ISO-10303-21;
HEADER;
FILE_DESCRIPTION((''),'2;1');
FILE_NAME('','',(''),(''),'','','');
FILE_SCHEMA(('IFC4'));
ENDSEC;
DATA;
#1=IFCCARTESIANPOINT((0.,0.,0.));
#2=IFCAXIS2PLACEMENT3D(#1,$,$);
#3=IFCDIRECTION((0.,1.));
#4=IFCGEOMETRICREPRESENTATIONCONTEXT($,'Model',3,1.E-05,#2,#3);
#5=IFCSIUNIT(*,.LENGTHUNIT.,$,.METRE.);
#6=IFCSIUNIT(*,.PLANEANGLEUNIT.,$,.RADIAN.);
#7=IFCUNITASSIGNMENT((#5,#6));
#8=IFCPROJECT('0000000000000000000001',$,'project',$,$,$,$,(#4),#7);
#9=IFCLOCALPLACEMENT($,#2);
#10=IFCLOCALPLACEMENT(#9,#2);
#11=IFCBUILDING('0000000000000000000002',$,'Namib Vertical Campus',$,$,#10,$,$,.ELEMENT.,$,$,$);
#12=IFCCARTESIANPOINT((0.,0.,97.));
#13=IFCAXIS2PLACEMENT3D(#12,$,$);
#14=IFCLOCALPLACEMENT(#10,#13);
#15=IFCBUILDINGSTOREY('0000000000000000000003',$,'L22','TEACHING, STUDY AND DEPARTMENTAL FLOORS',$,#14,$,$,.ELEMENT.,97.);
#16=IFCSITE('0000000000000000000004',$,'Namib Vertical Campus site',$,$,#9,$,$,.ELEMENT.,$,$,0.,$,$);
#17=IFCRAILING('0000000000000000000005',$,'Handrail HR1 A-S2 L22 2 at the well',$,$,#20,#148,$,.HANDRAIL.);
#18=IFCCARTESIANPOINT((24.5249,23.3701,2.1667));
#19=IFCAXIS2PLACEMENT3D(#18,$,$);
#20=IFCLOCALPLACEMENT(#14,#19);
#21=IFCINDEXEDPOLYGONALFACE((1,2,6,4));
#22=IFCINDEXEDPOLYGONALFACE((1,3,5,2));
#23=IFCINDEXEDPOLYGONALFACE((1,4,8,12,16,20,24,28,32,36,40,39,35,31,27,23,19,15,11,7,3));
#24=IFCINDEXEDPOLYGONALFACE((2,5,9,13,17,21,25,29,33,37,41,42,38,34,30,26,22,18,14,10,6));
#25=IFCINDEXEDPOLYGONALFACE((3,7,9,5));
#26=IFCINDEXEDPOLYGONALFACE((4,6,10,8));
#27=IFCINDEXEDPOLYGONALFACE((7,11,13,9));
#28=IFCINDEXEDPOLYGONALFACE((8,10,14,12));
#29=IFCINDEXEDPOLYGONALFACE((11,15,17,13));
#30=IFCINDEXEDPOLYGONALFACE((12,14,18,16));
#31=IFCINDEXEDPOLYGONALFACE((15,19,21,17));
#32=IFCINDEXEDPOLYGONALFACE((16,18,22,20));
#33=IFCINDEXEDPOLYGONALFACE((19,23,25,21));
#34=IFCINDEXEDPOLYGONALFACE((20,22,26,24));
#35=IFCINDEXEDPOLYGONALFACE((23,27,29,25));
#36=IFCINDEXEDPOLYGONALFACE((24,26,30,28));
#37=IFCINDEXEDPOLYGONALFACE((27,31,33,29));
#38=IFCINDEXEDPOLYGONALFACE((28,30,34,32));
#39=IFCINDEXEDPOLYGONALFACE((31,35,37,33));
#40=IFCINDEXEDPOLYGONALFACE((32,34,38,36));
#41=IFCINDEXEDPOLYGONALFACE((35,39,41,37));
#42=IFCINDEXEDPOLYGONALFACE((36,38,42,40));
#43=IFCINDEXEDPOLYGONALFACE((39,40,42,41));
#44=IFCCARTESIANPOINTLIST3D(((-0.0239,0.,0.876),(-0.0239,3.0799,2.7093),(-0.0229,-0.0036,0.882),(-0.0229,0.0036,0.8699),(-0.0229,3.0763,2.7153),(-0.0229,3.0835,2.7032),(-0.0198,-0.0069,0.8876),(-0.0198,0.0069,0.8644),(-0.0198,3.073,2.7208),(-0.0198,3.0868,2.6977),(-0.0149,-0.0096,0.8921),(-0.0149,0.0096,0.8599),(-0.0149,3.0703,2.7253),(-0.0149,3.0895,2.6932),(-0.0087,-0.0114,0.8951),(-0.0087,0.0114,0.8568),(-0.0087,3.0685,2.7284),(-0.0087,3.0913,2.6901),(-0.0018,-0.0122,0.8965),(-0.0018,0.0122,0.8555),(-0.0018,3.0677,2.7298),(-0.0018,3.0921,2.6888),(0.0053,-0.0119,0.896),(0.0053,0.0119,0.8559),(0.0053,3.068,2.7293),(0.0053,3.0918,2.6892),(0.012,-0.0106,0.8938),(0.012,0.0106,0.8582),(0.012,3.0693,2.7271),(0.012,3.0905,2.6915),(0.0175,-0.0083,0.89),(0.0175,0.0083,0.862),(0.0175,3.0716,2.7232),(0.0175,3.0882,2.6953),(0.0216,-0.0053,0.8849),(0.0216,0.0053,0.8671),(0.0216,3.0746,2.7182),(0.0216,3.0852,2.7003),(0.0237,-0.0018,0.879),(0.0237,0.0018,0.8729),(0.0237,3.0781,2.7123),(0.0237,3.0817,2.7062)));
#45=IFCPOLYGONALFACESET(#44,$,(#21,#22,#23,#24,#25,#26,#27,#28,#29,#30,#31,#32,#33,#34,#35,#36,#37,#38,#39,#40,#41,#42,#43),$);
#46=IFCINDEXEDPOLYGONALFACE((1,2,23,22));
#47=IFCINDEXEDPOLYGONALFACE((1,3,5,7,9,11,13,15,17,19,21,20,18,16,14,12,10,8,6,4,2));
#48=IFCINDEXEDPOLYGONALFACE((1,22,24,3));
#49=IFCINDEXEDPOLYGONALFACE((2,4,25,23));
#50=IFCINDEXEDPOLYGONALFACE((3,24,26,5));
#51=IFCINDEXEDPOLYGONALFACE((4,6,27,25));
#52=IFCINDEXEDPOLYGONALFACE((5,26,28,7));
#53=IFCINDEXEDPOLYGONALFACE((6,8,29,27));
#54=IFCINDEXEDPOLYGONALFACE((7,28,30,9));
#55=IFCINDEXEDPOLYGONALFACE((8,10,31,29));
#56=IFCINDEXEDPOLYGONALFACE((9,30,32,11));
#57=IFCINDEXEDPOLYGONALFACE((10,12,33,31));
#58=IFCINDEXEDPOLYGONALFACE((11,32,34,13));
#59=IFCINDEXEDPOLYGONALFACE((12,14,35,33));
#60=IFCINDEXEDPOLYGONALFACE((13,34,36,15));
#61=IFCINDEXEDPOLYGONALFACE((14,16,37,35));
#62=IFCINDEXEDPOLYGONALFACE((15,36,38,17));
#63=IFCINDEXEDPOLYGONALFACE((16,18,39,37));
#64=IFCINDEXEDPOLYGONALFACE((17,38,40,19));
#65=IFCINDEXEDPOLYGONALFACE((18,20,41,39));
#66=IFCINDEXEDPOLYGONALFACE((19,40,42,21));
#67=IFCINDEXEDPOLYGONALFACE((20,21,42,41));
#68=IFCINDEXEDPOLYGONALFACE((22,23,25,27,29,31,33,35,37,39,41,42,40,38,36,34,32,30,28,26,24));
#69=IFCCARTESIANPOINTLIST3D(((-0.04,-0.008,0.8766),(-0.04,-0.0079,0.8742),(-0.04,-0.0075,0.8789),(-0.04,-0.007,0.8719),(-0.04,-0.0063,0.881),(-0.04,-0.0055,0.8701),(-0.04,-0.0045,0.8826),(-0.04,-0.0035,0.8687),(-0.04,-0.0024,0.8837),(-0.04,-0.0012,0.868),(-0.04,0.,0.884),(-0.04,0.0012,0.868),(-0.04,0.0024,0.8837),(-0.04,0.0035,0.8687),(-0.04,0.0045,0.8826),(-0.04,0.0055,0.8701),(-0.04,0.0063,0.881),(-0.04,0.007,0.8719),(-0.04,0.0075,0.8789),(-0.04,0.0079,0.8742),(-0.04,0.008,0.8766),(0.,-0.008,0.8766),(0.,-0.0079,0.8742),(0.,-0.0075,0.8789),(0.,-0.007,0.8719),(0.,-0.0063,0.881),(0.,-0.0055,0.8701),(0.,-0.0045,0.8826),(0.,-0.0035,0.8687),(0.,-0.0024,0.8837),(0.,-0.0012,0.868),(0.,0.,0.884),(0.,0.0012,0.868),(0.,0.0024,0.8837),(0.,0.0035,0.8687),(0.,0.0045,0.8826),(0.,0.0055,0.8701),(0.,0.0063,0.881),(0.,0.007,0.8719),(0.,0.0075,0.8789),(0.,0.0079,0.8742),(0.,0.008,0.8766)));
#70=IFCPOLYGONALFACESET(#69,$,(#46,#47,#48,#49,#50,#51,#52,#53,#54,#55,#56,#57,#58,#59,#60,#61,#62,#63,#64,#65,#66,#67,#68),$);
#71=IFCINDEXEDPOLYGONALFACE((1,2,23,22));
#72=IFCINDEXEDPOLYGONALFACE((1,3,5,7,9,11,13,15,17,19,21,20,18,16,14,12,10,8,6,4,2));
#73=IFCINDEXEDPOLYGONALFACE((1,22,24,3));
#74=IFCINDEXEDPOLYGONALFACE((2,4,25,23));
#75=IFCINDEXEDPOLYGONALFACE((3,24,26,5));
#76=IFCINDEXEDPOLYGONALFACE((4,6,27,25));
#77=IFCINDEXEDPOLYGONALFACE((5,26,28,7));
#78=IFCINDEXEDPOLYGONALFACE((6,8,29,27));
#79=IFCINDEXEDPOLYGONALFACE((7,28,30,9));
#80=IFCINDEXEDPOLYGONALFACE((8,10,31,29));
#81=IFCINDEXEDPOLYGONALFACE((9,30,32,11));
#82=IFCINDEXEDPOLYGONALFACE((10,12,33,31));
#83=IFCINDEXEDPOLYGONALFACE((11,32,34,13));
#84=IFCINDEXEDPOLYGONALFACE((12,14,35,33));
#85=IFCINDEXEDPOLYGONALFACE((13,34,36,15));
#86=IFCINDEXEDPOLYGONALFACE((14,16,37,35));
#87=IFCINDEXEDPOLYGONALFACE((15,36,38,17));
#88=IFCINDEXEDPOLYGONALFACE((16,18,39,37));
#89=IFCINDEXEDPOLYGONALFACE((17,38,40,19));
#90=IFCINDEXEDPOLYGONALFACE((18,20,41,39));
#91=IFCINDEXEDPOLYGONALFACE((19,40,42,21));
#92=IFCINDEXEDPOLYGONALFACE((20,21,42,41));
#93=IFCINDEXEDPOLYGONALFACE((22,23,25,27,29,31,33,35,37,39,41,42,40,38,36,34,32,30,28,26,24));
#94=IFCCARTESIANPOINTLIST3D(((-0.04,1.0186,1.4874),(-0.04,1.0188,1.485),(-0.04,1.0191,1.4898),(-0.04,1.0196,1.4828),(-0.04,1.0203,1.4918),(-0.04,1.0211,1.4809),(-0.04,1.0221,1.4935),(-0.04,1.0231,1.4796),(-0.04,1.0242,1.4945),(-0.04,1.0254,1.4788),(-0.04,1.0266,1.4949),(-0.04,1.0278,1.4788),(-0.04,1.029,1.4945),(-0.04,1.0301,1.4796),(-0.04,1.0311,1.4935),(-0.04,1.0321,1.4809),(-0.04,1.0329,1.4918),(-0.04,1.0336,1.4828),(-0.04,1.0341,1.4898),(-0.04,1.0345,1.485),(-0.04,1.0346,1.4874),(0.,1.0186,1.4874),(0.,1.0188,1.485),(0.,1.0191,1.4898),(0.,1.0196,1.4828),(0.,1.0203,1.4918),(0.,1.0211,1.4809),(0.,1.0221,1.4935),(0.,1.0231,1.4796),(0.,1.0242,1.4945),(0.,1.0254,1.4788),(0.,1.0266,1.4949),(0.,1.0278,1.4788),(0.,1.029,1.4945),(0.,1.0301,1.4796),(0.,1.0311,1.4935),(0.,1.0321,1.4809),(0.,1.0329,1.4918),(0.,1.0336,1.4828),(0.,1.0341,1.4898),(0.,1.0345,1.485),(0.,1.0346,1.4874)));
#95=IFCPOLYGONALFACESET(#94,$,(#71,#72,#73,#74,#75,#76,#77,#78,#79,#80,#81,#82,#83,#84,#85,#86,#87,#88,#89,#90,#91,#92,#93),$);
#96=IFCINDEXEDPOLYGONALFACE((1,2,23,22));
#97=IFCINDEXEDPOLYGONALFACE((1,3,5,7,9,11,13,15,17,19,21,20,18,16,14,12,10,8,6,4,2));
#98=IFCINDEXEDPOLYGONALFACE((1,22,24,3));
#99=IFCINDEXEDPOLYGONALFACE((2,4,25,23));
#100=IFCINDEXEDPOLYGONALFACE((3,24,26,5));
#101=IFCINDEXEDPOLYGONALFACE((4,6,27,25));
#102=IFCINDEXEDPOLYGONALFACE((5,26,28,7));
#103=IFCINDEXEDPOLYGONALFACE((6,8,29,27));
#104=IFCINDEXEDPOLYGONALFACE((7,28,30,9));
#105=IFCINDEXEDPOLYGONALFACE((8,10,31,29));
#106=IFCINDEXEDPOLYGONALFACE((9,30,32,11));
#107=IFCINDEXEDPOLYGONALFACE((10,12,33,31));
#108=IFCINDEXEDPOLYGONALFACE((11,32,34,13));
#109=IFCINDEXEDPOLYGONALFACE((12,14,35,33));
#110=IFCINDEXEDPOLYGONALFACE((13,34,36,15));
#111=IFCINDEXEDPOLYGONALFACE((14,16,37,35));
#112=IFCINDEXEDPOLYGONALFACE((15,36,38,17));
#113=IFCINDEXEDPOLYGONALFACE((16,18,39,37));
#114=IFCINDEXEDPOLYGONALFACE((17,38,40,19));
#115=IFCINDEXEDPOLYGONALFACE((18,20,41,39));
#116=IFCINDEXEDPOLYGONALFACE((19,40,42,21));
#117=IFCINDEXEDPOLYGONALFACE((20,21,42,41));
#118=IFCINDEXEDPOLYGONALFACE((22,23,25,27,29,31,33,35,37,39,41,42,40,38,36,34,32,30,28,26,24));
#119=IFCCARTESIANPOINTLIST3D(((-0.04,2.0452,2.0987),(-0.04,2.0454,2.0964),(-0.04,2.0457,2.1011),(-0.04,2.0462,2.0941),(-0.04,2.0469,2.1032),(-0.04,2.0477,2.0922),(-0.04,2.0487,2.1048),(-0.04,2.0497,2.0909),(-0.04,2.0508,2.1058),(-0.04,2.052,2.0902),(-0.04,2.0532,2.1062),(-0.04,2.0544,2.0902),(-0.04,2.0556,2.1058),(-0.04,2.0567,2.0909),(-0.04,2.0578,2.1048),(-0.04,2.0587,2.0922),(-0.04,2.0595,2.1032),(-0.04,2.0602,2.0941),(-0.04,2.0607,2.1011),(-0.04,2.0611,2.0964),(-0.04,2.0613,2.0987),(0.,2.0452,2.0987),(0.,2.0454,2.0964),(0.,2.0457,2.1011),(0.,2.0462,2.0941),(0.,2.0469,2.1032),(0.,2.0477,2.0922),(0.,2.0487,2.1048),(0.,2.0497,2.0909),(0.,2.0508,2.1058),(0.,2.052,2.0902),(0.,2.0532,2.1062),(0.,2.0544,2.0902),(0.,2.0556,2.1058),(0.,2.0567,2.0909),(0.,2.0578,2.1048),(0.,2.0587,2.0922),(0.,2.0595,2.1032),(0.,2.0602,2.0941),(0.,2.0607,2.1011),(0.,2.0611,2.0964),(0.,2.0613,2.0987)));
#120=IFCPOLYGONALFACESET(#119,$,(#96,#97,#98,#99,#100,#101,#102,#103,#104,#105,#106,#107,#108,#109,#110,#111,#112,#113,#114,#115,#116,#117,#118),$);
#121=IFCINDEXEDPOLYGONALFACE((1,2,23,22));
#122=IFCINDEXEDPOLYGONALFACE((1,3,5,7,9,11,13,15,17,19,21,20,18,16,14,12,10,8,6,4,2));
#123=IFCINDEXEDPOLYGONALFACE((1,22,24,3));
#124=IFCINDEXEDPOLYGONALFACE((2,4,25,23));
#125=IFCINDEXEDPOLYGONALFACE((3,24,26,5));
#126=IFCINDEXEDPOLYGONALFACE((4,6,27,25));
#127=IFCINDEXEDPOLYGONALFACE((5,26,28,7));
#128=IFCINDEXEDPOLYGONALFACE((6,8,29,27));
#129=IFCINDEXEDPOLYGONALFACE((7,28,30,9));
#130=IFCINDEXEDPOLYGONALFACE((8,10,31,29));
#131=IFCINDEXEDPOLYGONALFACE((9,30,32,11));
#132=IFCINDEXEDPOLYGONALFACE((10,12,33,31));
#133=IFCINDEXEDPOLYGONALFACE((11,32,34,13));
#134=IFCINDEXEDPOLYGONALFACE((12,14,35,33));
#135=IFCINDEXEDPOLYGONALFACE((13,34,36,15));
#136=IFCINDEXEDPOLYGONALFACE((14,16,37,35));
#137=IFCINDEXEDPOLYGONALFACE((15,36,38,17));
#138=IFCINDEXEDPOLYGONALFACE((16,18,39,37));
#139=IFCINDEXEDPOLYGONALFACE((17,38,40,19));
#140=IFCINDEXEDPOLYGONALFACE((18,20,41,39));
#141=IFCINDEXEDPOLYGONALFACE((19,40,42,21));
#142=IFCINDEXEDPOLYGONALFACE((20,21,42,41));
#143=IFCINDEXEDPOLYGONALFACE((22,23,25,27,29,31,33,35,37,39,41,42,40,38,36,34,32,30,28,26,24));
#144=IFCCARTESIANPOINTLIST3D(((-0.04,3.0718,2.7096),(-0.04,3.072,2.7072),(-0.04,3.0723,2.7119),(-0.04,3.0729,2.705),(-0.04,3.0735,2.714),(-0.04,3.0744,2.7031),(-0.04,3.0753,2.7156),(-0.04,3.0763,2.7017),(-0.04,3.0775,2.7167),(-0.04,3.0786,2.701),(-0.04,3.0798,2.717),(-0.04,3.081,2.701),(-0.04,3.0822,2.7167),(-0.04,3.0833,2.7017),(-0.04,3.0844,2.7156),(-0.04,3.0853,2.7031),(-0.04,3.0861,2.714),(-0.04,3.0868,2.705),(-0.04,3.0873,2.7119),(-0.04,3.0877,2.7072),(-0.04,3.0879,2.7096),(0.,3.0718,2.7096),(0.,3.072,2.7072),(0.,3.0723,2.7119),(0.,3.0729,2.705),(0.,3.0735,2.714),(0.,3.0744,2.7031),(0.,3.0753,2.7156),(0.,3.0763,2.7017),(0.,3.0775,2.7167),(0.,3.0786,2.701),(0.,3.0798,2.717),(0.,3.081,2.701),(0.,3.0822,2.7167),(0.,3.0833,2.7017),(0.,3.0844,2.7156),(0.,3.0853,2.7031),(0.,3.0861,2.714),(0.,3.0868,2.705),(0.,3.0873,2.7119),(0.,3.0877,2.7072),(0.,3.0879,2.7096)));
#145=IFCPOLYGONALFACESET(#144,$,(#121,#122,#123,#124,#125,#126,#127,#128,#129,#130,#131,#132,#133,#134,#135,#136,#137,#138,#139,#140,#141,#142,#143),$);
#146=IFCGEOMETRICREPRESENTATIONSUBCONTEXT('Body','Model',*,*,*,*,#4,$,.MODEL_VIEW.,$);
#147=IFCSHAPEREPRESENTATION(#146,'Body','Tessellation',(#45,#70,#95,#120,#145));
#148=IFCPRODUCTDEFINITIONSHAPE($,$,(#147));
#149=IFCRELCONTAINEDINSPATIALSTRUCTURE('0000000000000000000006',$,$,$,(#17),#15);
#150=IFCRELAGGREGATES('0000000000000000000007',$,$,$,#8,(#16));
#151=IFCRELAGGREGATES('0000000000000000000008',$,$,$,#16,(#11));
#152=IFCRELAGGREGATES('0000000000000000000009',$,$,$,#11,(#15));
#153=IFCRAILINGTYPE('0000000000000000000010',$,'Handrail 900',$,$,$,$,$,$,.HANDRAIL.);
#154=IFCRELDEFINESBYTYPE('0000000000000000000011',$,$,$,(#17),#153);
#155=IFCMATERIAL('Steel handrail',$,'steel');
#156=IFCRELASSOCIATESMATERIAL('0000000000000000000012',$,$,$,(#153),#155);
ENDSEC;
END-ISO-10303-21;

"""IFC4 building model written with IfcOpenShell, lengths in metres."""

from ifc_helpers import new_model, si_unit, direction, frame, origin, origin_2d, place, context, subcontext, project, spatial, circle, extrude, material, type_object, element, save


model = new_model("IFC4")

# Units and contexts
model_context = context("Model", 3, precision=1e-05, world=origin(), true_north=direction((0.0, 1.0)))
body_context = subcontext(model_context, "Body", "Model", "MODEL_VIEW")
ifc_project = project(units=[si_unit("LENGTHUNIT", "METRE"), si_unit("PLANEANGLEUNIT", "RADIAN")], contexts=[model_context])

# Site, building, storey
site_placement = place(None, origin())
site = spatial("IfcSite", under=ifc_project, at=site_placement, Name="Namib Vertical Campus site", CompositionType="ELEMENT", RefElevation=0.0)
building_placement = place(site_placement, origin())
building = spatial("IfcBuilding", under=site, at=building_placement, Name="Namib Vertical Campus", CompositionType="ELEMENT")
storey_placement = place(building_placement, frame((0.0, 0.0, 97.0)))
storey = spatial("IfcBuildingStorey", under=building, at=storey_placement, Name="L22", Description="TEACHING, STUDY AND DEPARTMENTAL FLOORS", CompositionType="ELEMENT", Elevation=97.0)

# Railing
ifc_material_1 = material(Name="Steel handrail", Category="steel")
railing_type_1 = type_object("IfcRailingType", Name="Handrail 900", PredefinedType="HANDRAIL", material=ifc_material_1)
railing_1_placement = place(storey_placement, frame((24.5249, 23.3701, 2.1667)))
element("IfcRailing", 1, at=railing_1_placement, inside=storey, type_object=railing_type_1, Name="Handrail HR1 A-S2 L22 2 at the well", PredefinedType="HANDRAIL", context=body_context, shape_type="SweptSolid", body=[
    extrude(circle(Radius=0.0239, at=origin_2d()), frame((0.0, 0.0, 0.876), z_axis=(0.0, 0.859291, 0.511487), x_axis=(-1.0, 0.0, 0.0)), (0.0, 0.0, 1.0), 3.5842),
    extrude(circle(Radius=0.0081, at=origin_2d()), frame((0.0, 0.0, 0.876), z_axis=(-1.0, 0.0, 0.0), x_axis=(0.0, 0.0, 1.0)), (0.0, 0.0, 1.0), 0.04),
    extrude(circle(Radius=0.0081, at=origin_2d()), frame((0.0, 1.0266, 1.4868), z_axis=(-1.0, 0.0, 0.0), x_axis=(0.0, 0.0, 1.0)), (0.0, 0.0, 1.0), 0.04),
    extrude(circle(Radius=0.0081, at=origin_2d()), frame((0.0, 2.0532, 2.0981), z_axis=(-1.0, 0.0, 0.0), x_axis=(0.0, 0.0, 1.0)), (0.0, 0.0, 1.0), 0.04),
    extrude(circle(Radius=0.0081, at=origin_2d()), frame((0.0, 3.0798, 2.709), z_axis=(-1.0, 0.0, 0.0), x_axis=(0.0, 0.0, 1.0)), (0.0, 0.0, 1.0), 0.04),
])

save(model, "model.ifc")
